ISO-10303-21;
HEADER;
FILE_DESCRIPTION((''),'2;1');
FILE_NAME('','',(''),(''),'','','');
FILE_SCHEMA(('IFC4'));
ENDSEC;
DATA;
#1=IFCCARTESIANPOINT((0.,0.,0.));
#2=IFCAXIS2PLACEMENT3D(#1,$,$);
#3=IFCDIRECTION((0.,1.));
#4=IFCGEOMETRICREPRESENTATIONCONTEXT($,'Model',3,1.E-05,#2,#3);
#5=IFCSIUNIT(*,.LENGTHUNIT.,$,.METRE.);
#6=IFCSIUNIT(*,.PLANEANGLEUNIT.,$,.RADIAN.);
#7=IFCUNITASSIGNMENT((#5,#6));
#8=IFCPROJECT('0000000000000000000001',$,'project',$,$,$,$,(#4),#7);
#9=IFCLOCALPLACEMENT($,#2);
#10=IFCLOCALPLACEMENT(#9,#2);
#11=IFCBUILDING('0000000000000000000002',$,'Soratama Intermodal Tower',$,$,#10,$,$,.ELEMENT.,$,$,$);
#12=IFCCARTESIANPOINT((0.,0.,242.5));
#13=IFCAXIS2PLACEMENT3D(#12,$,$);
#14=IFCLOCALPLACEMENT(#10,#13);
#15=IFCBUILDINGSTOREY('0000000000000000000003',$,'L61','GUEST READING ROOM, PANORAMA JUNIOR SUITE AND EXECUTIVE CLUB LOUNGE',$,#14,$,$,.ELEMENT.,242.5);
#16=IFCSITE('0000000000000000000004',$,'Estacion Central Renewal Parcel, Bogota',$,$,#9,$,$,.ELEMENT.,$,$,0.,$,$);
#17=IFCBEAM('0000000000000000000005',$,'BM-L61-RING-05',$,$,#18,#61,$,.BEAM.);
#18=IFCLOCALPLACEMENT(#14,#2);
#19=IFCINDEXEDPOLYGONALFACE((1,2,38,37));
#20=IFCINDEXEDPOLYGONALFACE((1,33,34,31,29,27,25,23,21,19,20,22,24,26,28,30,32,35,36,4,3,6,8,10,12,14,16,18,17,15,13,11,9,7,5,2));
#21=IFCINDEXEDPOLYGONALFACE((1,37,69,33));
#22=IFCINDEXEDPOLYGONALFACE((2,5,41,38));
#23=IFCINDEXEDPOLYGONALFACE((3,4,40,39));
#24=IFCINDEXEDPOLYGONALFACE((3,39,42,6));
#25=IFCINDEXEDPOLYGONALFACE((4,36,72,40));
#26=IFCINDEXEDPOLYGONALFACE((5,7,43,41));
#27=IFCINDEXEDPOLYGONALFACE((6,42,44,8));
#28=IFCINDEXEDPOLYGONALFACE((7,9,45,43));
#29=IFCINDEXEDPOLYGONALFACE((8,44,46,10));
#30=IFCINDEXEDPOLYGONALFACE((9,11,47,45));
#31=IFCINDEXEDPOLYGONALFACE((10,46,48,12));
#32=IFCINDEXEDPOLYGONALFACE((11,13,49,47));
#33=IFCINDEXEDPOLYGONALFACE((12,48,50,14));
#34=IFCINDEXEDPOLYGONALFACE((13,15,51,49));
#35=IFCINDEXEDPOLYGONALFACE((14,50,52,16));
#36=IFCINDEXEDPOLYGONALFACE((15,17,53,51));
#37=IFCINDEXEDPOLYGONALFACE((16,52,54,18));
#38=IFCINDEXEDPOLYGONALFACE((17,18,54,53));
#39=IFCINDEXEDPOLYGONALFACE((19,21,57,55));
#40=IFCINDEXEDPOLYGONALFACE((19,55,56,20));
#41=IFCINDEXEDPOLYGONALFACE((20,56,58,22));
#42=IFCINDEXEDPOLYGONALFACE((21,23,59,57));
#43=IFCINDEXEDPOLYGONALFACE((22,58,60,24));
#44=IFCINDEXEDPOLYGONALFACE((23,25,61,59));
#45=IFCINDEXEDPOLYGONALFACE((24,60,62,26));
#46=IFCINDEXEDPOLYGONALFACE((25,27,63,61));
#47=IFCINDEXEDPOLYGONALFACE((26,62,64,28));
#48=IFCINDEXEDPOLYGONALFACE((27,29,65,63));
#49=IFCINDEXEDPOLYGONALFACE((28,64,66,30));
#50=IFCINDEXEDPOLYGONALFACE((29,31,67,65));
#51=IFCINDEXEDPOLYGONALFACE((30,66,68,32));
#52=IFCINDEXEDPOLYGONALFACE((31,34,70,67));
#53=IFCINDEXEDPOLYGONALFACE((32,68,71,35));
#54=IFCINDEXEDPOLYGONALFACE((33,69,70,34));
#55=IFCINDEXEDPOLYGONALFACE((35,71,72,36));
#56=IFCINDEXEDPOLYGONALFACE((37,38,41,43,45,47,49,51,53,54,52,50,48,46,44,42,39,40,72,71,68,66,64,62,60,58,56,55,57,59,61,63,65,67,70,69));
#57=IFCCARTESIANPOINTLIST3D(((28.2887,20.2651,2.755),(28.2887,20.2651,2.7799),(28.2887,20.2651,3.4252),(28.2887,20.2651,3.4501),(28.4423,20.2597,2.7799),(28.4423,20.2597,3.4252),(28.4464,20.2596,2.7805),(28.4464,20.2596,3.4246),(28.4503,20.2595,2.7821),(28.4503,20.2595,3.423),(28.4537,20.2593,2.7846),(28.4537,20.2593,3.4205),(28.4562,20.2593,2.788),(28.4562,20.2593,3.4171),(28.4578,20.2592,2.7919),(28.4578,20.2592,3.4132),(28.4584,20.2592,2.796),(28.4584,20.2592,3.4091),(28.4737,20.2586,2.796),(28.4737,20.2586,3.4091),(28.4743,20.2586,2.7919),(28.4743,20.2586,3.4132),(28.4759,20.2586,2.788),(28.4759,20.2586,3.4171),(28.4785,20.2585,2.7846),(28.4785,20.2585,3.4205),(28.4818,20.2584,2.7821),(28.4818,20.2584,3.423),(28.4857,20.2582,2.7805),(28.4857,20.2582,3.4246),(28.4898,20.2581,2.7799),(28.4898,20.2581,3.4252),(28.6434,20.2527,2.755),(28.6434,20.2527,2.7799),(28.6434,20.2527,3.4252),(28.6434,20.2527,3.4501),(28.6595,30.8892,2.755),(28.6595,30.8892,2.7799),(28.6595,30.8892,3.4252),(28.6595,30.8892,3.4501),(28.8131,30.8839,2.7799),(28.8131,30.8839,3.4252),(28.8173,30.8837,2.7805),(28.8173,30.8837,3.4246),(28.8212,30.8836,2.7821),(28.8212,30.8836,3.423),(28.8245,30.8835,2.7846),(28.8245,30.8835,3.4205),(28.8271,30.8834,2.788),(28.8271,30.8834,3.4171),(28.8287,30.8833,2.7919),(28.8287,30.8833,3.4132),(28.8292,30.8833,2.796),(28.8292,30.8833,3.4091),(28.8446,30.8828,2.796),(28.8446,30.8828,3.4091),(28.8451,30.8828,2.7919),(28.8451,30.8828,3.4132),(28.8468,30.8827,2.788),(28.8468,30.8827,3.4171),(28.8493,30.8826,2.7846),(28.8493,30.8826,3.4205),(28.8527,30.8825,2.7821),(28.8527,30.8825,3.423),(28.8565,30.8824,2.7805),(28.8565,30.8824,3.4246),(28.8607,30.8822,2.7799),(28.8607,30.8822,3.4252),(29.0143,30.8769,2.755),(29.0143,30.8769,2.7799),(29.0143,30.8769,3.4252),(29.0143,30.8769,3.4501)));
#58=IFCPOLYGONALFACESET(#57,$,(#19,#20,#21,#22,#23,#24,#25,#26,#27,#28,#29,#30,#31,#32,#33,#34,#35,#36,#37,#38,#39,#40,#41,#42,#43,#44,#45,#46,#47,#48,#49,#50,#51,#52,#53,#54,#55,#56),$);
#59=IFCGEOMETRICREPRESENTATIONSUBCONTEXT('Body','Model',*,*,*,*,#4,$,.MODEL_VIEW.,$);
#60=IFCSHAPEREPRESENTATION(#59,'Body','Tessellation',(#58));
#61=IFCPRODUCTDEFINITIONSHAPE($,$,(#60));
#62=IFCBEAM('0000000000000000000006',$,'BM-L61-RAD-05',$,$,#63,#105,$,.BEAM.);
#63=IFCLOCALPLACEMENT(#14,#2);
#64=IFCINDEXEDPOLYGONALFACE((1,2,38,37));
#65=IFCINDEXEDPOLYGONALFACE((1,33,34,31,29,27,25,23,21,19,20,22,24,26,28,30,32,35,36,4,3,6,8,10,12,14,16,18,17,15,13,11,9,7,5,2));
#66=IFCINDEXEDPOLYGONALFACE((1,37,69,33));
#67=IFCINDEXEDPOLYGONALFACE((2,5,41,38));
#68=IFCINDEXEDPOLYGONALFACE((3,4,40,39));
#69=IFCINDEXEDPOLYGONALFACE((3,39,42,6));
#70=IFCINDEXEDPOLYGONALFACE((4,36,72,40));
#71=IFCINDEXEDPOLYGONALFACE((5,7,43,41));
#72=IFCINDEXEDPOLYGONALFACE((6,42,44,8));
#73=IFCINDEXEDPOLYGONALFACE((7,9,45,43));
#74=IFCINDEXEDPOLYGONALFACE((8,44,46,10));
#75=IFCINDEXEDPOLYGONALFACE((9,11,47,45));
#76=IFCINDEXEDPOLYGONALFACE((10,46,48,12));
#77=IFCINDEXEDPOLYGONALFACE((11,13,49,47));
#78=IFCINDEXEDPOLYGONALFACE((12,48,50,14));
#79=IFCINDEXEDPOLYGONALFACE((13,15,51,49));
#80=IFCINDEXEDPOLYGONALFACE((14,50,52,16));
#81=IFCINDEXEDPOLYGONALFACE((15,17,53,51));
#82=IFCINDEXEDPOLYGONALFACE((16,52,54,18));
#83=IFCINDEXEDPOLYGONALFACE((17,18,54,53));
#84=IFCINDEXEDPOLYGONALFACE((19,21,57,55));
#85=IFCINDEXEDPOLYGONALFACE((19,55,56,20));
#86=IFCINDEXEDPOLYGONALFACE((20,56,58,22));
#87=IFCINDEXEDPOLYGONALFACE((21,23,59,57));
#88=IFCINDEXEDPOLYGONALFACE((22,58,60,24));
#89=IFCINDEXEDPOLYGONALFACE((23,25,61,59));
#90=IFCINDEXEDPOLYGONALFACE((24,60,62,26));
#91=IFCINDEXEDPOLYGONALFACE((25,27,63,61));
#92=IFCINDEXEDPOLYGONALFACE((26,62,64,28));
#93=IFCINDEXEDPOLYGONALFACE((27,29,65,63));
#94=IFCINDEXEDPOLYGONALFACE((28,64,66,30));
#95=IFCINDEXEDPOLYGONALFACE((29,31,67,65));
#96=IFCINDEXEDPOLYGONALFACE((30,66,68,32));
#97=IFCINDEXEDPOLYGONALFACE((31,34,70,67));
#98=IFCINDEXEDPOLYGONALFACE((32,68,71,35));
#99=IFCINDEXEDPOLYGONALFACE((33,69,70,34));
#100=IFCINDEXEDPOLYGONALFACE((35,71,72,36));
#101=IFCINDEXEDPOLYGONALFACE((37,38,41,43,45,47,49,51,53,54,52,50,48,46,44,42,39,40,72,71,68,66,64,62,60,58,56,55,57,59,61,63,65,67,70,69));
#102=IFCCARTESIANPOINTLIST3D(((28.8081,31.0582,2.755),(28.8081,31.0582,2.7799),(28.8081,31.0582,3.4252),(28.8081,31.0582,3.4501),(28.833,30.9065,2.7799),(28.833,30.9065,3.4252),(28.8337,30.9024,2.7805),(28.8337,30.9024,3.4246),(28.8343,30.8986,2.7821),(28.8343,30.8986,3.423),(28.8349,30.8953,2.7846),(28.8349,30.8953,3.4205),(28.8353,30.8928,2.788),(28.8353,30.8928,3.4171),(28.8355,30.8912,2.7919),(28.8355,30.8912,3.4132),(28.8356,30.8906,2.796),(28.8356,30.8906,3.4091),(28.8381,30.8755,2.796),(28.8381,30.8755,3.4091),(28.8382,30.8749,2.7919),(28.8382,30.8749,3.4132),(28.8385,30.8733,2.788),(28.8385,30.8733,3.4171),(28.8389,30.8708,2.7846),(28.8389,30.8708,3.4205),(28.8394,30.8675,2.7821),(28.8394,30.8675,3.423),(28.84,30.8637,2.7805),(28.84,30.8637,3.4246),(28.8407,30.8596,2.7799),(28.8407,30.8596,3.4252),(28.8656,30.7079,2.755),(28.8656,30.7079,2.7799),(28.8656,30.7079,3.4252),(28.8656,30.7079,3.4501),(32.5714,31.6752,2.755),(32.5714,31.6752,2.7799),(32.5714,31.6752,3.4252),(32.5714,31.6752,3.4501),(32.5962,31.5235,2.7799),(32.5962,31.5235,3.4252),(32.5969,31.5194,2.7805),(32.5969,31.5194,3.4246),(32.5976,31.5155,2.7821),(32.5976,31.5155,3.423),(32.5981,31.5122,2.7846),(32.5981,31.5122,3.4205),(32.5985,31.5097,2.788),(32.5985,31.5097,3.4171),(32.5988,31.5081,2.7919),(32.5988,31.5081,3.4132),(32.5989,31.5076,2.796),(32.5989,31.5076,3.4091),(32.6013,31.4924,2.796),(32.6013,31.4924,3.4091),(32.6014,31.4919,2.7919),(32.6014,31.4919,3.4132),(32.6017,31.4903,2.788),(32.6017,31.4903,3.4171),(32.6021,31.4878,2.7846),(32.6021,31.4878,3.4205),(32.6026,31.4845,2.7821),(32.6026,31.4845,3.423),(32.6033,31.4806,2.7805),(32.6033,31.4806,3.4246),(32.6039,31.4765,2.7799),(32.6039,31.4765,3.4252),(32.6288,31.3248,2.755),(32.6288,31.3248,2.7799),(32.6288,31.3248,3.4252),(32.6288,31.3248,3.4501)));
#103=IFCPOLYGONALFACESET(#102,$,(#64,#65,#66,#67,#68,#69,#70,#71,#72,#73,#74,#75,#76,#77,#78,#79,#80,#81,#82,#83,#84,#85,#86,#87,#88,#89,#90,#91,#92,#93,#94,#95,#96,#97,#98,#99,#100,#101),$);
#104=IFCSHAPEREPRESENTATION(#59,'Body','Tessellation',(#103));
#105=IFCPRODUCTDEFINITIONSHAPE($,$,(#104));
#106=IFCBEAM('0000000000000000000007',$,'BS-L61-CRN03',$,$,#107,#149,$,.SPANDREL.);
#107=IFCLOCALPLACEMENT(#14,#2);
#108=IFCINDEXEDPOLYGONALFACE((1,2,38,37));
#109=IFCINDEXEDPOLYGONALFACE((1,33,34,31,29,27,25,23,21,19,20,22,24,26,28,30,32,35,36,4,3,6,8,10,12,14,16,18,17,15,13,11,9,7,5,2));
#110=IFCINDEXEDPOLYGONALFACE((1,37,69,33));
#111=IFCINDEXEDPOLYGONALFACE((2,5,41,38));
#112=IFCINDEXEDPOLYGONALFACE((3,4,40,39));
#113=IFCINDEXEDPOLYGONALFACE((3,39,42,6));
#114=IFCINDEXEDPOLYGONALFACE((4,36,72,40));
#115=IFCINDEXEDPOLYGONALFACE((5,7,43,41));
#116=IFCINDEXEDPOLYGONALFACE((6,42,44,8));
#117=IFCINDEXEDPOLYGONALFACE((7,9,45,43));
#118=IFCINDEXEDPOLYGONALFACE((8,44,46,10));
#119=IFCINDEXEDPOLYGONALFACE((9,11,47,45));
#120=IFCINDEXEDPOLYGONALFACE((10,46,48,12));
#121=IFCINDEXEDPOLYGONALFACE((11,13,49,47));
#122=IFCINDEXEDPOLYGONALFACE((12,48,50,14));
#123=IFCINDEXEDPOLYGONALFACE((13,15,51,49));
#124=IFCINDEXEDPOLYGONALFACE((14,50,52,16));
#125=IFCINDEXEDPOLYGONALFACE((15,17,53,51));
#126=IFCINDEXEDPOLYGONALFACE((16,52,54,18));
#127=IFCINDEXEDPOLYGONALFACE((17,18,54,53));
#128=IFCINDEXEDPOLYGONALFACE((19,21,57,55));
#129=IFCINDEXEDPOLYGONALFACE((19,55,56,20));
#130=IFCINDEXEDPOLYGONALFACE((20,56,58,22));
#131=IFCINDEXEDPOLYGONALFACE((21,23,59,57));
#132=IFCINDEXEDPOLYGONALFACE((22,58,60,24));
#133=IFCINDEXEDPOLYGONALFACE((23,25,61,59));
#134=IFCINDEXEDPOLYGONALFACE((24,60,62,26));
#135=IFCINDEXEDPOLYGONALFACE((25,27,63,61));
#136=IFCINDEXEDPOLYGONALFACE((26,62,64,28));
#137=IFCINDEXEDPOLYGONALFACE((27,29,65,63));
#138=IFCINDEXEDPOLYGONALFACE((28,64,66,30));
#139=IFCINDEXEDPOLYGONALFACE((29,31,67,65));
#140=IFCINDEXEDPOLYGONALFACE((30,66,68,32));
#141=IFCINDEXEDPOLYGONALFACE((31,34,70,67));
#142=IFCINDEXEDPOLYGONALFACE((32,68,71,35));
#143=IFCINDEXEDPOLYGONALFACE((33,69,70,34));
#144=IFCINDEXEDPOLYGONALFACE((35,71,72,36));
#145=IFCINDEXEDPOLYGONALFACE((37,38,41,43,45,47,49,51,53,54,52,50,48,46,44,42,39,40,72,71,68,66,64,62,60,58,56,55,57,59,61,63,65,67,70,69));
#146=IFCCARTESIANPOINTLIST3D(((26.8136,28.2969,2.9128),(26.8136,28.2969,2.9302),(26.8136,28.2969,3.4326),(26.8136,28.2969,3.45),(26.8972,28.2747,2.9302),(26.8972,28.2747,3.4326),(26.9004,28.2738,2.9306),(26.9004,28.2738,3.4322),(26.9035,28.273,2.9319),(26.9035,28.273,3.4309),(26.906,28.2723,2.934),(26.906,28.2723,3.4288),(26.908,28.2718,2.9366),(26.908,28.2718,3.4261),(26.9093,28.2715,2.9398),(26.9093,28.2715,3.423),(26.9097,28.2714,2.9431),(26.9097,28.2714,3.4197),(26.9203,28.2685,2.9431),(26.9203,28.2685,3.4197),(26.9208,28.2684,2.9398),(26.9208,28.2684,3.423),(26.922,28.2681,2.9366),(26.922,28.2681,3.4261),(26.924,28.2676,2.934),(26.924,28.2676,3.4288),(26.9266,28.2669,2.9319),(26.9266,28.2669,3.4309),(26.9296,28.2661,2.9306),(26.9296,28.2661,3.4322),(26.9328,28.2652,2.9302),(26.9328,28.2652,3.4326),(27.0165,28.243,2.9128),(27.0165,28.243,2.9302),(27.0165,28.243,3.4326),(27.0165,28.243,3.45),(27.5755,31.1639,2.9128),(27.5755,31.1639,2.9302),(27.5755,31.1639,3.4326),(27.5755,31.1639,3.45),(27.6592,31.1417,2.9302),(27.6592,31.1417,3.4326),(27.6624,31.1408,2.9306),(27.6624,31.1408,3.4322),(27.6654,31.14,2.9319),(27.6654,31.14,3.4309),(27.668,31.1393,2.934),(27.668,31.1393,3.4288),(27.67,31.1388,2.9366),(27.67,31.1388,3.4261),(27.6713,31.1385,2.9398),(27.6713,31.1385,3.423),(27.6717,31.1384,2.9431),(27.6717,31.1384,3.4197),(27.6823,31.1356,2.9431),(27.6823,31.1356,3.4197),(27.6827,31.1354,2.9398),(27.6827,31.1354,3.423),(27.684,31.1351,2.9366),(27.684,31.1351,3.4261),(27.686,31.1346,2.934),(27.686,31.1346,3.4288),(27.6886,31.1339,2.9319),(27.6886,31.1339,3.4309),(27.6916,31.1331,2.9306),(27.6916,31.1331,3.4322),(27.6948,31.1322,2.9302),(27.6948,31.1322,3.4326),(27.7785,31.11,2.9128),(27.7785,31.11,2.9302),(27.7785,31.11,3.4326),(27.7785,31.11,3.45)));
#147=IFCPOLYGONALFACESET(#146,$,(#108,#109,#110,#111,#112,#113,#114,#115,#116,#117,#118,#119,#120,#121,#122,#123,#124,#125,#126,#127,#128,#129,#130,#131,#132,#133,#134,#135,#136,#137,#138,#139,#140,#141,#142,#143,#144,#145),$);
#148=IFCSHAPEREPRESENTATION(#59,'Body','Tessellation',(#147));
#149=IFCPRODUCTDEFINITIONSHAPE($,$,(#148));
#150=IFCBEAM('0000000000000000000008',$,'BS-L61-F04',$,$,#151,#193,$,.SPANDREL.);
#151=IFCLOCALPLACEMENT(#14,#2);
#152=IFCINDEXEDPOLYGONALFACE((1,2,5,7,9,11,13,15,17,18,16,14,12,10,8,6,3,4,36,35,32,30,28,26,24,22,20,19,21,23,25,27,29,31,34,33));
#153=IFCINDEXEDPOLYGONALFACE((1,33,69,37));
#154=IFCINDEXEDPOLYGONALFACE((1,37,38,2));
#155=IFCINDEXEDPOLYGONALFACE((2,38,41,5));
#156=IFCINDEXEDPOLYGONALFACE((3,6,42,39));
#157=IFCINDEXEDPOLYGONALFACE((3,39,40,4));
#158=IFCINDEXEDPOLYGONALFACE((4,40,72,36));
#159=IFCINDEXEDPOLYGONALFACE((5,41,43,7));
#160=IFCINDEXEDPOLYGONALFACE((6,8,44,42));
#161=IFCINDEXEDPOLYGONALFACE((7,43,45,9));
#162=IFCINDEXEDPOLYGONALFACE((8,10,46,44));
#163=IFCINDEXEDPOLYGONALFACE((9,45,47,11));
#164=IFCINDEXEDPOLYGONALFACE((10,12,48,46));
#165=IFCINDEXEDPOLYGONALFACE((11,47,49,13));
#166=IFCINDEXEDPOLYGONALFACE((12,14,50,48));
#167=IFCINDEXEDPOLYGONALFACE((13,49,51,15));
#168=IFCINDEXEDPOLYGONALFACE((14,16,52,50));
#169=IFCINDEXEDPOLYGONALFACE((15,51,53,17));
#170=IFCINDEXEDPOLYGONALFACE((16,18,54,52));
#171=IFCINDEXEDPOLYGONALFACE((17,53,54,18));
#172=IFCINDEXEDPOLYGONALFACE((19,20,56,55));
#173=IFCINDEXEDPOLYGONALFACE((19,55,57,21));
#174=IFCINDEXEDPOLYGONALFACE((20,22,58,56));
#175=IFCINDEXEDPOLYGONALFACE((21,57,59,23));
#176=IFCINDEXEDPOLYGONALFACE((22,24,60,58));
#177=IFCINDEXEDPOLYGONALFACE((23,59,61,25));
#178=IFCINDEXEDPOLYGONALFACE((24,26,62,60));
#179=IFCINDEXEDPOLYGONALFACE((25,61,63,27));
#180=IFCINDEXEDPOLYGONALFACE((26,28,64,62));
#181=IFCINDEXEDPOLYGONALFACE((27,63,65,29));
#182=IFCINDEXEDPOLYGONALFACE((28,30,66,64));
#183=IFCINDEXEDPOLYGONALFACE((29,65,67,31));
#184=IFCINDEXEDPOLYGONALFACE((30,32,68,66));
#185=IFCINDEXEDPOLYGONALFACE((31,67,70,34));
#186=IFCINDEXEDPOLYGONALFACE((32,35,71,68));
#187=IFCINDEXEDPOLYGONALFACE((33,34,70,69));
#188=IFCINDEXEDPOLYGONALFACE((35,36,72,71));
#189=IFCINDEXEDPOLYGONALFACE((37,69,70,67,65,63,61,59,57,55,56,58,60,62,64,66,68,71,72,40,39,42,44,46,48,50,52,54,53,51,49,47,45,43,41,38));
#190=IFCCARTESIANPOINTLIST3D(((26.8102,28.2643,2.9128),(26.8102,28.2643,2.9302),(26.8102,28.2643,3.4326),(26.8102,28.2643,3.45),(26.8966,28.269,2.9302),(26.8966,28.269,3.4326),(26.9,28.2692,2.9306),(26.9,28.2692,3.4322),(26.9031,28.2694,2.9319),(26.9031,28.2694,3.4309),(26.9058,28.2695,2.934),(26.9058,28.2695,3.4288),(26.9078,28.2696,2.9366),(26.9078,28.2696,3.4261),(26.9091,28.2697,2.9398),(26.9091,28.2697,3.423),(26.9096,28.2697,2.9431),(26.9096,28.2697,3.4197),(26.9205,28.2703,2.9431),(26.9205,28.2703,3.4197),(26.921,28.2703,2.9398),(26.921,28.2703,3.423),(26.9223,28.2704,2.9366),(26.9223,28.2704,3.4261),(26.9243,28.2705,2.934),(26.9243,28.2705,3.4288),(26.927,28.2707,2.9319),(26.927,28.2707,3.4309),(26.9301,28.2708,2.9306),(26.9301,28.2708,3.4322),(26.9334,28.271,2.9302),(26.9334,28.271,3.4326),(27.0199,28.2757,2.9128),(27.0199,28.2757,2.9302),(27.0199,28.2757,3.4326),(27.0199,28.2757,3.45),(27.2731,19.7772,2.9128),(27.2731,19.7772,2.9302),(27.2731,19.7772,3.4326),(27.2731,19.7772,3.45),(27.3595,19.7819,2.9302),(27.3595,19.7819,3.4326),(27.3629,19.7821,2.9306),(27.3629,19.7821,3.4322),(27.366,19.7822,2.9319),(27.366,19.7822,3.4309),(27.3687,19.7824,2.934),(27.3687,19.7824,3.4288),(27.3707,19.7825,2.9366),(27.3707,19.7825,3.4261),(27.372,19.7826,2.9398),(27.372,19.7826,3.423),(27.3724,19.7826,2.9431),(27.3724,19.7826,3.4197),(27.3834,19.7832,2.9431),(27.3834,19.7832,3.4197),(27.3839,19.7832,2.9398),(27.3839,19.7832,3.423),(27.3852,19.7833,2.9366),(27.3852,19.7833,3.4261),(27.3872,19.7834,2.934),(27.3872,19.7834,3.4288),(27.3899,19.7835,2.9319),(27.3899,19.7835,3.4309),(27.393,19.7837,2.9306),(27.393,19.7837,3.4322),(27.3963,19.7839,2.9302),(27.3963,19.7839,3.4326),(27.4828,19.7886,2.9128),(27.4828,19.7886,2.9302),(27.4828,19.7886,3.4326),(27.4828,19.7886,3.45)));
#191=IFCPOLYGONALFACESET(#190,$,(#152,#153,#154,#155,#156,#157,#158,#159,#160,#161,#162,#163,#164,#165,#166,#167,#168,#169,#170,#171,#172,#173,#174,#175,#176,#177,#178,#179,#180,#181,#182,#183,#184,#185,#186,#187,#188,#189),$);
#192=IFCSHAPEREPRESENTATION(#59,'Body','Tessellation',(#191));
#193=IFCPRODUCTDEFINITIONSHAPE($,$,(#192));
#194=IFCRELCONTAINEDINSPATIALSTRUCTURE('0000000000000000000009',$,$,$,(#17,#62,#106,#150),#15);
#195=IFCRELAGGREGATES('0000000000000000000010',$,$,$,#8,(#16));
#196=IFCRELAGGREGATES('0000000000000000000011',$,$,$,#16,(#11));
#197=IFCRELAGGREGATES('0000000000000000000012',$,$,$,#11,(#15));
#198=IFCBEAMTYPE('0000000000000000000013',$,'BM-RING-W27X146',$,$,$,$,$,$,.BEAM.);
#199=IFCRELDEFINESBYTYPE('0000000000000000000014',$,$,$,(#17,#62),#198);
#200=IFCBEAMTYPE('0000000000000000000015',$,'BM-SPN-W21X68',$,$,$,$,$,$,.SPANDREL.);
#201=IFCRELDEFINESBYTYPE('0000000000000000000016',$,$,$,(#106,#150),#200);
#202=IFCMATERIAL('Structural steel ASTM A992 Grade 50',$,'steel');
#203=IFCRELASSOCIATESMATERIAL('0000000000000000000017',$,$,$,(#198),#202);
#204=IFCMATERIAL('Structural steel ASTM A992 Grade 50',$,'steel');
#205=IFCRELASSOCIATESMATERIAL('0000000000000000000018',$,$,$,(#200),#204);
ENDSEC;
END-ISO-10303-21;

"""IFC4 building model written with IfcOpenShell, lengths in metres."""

from ifc_helpers import new_model, si_unit, direction, frame, origin, origin_2d, place, context, subcontext, project, spatial, i_section, extrude, material, material_profile, profile_set, type_object, element, save


model = new_model("IFC4")

# Units and contexts
model_context = context("Model", 3, precision=1e-05, world=origin(), true_north=direction((0.0, 1.0)))
body_context = subcontext(model_context, "Body", "Model", "MODEL_VIEW")
ifc_project = project(units=[si_unit("LENGTHUNIT", "METRE"), si_unit("PLANEANGLEUNIT", "RADIAN")], contexts=[model_context])

# Site, building, storey
site_placement = place(None, origin())
site = spatial("IfcSite", under=ifc_project, at=site_placement, Name="Estacion Central Renewal Parcel, Bogota", CompositionType="ELEMENT", RefElevation=0.0)
building_placement = place(site_placement, origin())
building = spatial("IfcBuilding", under=site, at=building_placement, Name="Soratama Intermodal Tower", CompositionType="ELEMENT")
storey_placement = place(building_placement, frame((0.0, 0.0, 242.5)))
storey = spatial("IfcBuildingStorey", under=building, at=storey_placement, Name="L61", Description="GUEST READING ROOM, PANORAMA JUNIOR SUITE AND EXECUTIVE CLUB LOUNGE", CompositionType="ELEMENT", Elevation=242.5)

# Beams
ifc_material_1 = material(Name="Structural steel ASTM A992 Grade 50", Category="steel")
ifc_material_profile_1 = material_profile(ifc_material_1, i_section(OverallWidth=0.355, OverallDepth=0.6951, WebThickness=0.0154, FlangeThickness=0.0249, FilletRadius=0.0161, at=origin_2d()), Name="W27X146")
ifc_profile_set_1 = profile_set([ifc_material_profile_1], Name="Structural steel ASTM A992 Grade 50")
beam_type_1 = type_object("IfcBeamType", Name="BM-RING-W27X146", PredefinedType="BEAM", material=ifc_profile_set_1)
beam_1_placement = place(storey_placement, frame((28.8369, 30.8831, 3.1025), z_axis=(-0.034885, -0.999391, 0.0), x_axis=(0.999391, -0.034885, 0.0)))
element("IfcBeam", 1, at=beam_1_placement, inside=storey, type_object=beam_type_1, Name="BM-L61-RING-05", PredefinedType="BEAM", context=body_context, shape_type="SweptSolid", body=[
    extrude(i_section(OverallWidth=0.355, OverallDepth=0.6951, WebThickness=0.0154, FlangeThickness=0.0249, FilletRadius=0.0161, at=origin_2d()), origin(), (0.0, 0.0, 1.0), 10.6306),
])
beam_2_placement = place(storey_placement, frame((32.6001, 31.5, 3.1025), z_axis=(-0.986826, -0.161782, 0.0), x_axis=(0.161782, -0.986826, 0.0)))
element("IfcBeam", 2, at=beam_2_placement, inside=storey, type_object=beam_type_1, Name="BM-L61-RAD-05", PredefinedType="BEAM", context=body_context, shape_type="SweptSolid", body=[
    extrude(i_section(OverallWidth=0.355, OverallDepth=0.6951, WebThickness=0.0154, FlangeThickness=0.0249, FilletRadius=0.0161, at=origin_2d()), origin(), (0.0, 0.0, 1.0), 3.8135),
])
ifc_material_2 = material(Name="Structural steel ASTM A992 Grade 50", Category="steel")
ifc_material_profile_2 = material_profile(ifc_material_2, i_section(OverallWidth=0.21, OverallDepth=0.5371, WebThickness=0.011, FlangeThickness=0.0173, FilletRadius=0.0129, at=origin_2d()), Name="W21X68")
ifc_profile_set_2 = profile_set([ifc_material_profile_2], Name="Structural steel ASTM A992 Grade 50")
beam_type_2 = type_object("IfcBeamType", Name="BM-SPN-W21X68", PredefinedType="SPANDREL", material=ifc_profile_set_2)
beam_3_placement = place(storey_placement, frame((27.677, 31.137, 3.1814), z_axis=(-0.256858, -0.966449, 0.0), x_axis=(0.966449, -0.256858, 0.0)))
element("IfcBeam", 3, at=beam_3_placement, inside=storey, type_object=beam_type_2, Name="BS-L61-CRN03", PredefinedType="SPANDREL", context=body_context, shape_type="SweptSolid", body=[
    extrude(i_section(OverallWidth=0.21, OverallDepth=0.5371, WebThickness=0.011, FlangeThickness=0.0173, FilletRadius=0.0129, at=origin_2d()), origin(), (0.0, 0.0, 1.0), 2.9666),
])
beam_4_placement = place(storey_placement, frame((26.915, 28.27, 3.1814), z_axis=(0.05446, -0.998516, 0.0), x_axis=(0.998516, 0.05446, 0.0)))
element("IfcBeam", 4, at=beam_4_placement, inside=storey, type_object=beam_type_2, Name="BS-L61-F04", PredefinedType="SPANDREL", context=body_context, shape_type="SweptSolid", body=[
    extrude(i_section(OverallWidth=0.21, OverallDepth=0.5371, WebThickness=0.011, FlangeThickness=0.0173, FilletRadius=0.0129, at=origin_2d()), origin(), (0.0, 0.0, 1.0), 8.4998),
])

save(model, "model.ifc")
